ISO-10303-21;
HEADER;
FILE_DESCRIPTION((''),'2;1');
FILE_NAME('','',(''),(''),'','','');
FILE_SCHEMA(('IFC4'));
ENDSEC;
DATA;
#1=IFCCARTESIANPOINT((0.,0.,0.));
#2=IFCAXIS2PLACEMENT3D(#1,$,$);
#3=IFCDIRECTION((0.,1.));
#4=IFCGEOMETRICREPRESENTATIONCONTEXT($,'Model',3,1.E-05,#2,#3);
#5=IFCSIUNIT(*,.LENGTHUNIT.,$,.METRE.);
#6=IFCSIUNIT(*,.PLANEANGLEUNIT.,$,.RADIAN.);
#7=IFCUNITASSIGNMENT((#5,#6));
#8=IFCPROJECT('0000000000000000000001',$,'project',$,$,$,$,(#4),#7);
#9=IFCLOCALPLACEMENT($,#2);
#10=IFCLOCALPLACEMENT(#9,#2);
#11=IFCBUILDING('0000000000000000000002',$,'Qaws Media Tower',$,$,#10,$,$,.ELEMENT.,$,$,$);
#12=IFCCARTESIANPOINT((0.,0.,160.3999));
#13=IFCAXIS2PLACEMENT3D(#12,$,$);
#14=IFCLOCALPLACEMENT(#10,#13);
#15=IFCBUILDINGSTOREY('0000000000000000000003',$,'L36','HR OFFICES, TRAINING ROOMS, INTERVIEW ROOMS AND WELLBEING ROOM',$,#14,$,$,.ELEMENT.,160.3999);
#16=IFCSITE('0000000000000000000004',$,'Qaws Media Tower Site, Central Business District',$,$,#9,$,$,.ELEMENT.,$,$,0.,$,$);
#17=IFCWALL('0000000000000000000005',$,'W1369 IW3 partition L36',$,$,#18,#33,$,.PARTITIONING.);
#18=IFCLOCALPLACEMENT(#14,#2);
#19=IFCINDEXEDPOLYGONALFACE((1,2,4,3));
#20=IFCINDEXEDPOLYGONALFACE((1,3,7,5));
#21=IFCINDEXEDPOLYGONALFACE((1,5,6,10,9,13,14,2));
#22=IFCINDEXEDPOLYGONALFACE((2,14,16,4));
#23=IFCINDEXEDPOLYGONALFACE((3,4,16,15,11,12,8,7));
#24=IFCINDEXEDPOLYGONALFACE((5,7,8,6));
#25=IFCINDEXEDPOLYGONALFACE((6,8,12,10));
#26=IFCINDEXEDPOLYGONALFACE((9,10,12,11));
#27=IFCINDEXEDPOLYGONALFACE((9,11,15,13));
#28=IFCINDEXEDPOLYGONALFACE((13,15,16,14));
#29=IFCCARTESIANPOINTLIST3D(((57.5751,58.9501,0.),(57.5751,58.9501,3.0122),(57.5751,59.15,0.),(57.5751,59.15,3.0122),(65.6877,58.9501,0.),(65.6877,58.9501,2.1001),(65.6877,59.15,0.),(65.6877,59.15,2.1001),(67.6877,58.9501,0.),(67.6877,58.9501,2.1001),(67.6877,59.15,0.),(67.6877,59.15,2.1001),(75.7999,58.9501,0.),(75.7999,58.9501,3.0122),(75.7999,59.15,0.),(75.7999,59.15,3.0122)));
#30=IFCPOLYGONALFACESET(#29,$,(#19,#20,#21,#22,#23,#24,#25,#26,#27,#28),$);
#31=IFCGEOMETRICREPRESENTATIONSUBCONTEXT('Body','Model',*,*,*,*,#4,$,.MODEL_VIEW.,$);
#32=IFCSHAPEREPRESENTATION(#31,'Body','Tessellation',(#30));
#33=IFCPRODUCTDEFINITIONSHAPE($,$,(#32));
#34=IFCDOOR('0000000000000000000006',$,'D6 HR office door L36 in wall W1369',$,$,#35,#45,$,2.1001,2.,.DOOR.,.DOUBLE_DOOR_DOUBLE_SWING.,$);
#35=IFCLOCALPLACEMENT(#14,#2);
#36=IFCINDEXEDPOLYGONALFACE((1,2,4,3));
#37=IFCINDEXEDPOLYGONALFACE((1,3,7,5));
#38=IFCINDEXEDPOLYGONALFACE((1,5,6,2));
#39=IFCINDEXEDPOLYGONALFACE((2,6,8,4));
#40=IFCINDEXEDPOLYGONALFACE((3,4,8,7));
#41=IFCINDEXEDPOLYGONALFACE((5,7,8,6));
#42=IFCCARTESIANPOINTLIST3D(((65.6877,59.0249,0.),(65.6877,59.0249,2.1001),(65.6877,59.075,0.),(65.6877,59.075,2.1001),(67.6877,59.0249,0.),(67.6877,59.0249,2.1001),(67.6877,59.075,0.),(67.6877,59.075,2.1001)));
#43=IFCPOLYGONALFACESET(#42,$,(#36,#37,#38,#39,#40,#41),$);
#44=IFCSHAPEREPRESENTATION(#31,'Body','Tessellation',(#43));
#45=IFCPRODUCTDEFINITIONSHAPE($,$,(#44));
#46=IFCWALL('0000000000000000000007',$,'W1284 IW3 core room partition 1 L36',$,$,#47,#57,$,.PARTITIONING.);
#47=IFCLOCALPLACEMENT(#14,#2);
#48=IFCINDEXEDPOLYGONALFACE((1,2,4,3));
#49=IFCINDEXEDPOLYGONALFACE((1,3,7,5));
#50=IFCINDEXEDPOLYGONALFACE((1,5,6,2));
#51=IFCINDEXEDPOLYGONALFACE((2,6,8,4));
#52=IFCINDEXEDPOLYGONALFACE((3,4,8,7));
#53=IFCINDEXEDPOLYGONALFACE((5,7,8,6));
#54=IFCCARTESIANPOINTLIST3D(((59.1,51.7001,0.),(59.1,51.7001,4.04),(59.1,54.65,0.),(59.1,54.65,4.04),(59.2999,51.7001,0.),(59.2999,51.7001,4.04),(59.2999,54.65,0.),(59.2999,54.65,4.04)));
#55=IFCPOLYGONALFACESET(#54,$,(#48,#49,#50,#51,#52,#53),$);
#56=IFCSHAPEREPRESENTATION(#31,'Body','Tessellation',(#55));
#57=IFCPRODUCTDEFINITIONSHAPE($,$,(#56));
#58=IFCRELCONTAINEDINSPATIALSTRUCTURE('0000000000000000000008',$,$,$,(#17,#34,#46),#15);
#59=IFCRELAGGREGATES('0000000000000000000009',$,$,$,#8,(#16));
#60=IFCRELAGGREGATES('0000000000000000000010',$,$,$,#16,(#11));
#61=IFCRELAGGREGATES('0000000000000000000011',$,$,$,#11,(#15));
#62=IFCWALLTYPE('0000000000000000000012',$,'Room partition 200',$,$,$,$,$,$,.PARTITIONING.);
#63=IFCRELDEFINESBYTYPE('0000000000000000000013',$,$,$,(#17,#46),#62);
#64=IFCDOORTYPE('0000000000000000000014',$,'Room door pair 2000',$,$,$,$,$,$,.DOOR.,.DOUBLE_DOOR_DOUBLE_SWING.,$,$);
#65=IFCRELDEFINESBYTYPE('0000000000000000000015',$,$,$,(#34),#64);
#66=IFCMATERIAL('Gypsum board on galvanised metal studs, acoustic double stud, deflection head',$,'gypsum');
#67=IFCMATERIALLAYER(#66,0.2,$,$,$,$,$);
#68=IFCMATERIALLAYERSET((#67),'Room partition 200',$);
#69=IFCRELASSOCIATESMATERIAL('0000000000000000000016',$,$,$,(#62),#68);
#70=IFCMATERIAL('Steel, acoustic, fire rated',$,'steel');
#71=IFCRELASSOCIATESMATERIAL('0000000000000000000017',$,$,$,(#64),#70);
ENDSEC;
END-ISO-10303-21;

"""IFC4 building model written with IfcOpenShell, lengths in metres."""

from ifc_helpers import new_model, si_unit, direction, frame, frame_2d, origin, place, context, subcontext, project, spatial, rectangle, extrude, material, layer, layer_set, type_object, element, fill, save


model = new_model("IFC4")

# Units and contexts
model_context = context("Model", 3, precision=1e-05, world=origin(), true_north=direction((0.0, 1.0)))
body_context = subcontext(model_context, "Body", "Model", "MODEL_VIEW")
ifc_project = project(units=[si_unit("LENGTHUNIT", "METRE"), si_unit("PLANEANGLEUNIT", "RADIAN")], contexts=[model_context])

# Site, building, storey
site_placement = place(None, origin())
site = spatial("IfcSite", under=ifc_project, at=site_placement, Name="Qaws Media Tower Site, Central Business District", CompositionType="ELEMENT", RefElevation=0.0)
building_placement = place(site_placement, origin())
building = spatial("IfcBuilding", under=site, at=building_placement, Name="Qaws Media Tower", CompositionType="ELEMENT")
storey_placement = place(building_placement, frame((0.0, 0.0, 160.3999)))
storey = spatial("IfcBuildingStorey", under=building, at=storey_placement, Name="L36", Description="HR OFFICES, TRAINING ROOMS, INTERVIEW ROOMS AND WELLBEING ROOM", CompositionType="ELEMENT", Elevation=160.3999)

# Wall, opening, door
ifc_material_1 = material(Name="Gypsum board on galvanised metal studs, acoustic double stud, deflection head", Category="gypsum")
ifc_layer_1 = layer(ifc_material_1, 0.2)
ifc_layer_set_1 = layer_set([ifc_layer_1], Name="Room partition 200")
wall_type_1 = type_object("IfcWallType", Name="Room partition 200", PredefinedType="PARTITIONING", material=ifc_layer_set_1)
wall_1_placement = place(storey_placement, frame((57.5752, 59.05, 0.0), z_axis=(0.0, 0.0, 1.0), x_axis=(1.0, 0.0, 0.0)))
wall_1 = element("IfcWall", 1, at=wall_1_placement, inside=storey, type_object=wall_type_1, Name="W1369 IW3 partition L36", PredefinedType="PARTITIONING", context=body_context, shape_type="SweptSolid", body=[
    extrude(rectangle(XDim=18.2249, YDim=0.2, at=frame_2d((9.1123, 0.0))), origin(), (0.0, 0.0, 1.0), 3.0122),
])
opening_1_placement = place(wall_1_placement, frame((8.1125, 0.0, 0.0)))
opening_1 = element("IfcOpeningElement", 2, at=opening_1_placement, cuts=wall_1, PredefinedType="OPENING", context=body_context, shape_type="SweptSolid", body=[
    extrude(rectangle(XDim=2.0, YDim=2.1001, at=frame_2d((1.0, 1.05))), frame((0.0, 0.1099, 0.0), z_axis=(0.0, -1.0, 0.0), x_axis=(1.0, 0.0, 0.0)), (0.0, 0.0, 1.0), 0.22),
])
ifc_material_2 = material(Name="Steel, acoustic, fire rated", Category="steel")
door_type_1 = type_object("IfcDoorType", Name="Room door pair 2000", OperationType="DOUBLE_DOOR_DOUBLE_SWING", PredefinedType="DOOR", material=ifc_material_2)
door_1_placement = place(opening_1_placement, origin())
door_1 = element("IfcDoor", 3, at=door_1_placement, inside=storey, type_object=door_type_1, Name="D6 HR office door L36 in wall W1369", OperationType="DOUBLE_DOOR_DOUBLE_SWING", OverallHeight=2.1001, OverallWidth=2.0, PredefinedType="DOOR", context=body_context, shape_type="SweptSolid", body=[
    extrude(rectangle(XDim=2.0, YDim=2.1001, at=frame_2d((1.0, 1.05))), frame((0.0, 0.0249, 0.0), z_axis=(0.0, -1.0, 0.0), x_axis=(1.0, 0.0, 0.0)), (0.0, 0.0, 1.0), 0.05),
])
fill(opening_1, door_1)

# Wall
wall_2_placement = place(storey_placement, frame((59.2, 51.7, 0.0), z_axis=(0.0, 0.0, 1.0), x_axis=(0.0, 1.0, 0.0)))
element("IfcWall", 4, at=wall_2_placement, inside=storey, type_object=wall_type_1, Name="W1284 IW3 core room partition 1 L36", PredefinedType="PARTITIONING", context=body_context, shape_type="SweptSolid", body=[
    extrude(rectangle(XDim=2.95, YDim=0.2, at=frame_2d((1.4751, 0.0))), origin(), (0.0, 0.0, 1.0), 4.04),
])

save(model, "model.ifc")
